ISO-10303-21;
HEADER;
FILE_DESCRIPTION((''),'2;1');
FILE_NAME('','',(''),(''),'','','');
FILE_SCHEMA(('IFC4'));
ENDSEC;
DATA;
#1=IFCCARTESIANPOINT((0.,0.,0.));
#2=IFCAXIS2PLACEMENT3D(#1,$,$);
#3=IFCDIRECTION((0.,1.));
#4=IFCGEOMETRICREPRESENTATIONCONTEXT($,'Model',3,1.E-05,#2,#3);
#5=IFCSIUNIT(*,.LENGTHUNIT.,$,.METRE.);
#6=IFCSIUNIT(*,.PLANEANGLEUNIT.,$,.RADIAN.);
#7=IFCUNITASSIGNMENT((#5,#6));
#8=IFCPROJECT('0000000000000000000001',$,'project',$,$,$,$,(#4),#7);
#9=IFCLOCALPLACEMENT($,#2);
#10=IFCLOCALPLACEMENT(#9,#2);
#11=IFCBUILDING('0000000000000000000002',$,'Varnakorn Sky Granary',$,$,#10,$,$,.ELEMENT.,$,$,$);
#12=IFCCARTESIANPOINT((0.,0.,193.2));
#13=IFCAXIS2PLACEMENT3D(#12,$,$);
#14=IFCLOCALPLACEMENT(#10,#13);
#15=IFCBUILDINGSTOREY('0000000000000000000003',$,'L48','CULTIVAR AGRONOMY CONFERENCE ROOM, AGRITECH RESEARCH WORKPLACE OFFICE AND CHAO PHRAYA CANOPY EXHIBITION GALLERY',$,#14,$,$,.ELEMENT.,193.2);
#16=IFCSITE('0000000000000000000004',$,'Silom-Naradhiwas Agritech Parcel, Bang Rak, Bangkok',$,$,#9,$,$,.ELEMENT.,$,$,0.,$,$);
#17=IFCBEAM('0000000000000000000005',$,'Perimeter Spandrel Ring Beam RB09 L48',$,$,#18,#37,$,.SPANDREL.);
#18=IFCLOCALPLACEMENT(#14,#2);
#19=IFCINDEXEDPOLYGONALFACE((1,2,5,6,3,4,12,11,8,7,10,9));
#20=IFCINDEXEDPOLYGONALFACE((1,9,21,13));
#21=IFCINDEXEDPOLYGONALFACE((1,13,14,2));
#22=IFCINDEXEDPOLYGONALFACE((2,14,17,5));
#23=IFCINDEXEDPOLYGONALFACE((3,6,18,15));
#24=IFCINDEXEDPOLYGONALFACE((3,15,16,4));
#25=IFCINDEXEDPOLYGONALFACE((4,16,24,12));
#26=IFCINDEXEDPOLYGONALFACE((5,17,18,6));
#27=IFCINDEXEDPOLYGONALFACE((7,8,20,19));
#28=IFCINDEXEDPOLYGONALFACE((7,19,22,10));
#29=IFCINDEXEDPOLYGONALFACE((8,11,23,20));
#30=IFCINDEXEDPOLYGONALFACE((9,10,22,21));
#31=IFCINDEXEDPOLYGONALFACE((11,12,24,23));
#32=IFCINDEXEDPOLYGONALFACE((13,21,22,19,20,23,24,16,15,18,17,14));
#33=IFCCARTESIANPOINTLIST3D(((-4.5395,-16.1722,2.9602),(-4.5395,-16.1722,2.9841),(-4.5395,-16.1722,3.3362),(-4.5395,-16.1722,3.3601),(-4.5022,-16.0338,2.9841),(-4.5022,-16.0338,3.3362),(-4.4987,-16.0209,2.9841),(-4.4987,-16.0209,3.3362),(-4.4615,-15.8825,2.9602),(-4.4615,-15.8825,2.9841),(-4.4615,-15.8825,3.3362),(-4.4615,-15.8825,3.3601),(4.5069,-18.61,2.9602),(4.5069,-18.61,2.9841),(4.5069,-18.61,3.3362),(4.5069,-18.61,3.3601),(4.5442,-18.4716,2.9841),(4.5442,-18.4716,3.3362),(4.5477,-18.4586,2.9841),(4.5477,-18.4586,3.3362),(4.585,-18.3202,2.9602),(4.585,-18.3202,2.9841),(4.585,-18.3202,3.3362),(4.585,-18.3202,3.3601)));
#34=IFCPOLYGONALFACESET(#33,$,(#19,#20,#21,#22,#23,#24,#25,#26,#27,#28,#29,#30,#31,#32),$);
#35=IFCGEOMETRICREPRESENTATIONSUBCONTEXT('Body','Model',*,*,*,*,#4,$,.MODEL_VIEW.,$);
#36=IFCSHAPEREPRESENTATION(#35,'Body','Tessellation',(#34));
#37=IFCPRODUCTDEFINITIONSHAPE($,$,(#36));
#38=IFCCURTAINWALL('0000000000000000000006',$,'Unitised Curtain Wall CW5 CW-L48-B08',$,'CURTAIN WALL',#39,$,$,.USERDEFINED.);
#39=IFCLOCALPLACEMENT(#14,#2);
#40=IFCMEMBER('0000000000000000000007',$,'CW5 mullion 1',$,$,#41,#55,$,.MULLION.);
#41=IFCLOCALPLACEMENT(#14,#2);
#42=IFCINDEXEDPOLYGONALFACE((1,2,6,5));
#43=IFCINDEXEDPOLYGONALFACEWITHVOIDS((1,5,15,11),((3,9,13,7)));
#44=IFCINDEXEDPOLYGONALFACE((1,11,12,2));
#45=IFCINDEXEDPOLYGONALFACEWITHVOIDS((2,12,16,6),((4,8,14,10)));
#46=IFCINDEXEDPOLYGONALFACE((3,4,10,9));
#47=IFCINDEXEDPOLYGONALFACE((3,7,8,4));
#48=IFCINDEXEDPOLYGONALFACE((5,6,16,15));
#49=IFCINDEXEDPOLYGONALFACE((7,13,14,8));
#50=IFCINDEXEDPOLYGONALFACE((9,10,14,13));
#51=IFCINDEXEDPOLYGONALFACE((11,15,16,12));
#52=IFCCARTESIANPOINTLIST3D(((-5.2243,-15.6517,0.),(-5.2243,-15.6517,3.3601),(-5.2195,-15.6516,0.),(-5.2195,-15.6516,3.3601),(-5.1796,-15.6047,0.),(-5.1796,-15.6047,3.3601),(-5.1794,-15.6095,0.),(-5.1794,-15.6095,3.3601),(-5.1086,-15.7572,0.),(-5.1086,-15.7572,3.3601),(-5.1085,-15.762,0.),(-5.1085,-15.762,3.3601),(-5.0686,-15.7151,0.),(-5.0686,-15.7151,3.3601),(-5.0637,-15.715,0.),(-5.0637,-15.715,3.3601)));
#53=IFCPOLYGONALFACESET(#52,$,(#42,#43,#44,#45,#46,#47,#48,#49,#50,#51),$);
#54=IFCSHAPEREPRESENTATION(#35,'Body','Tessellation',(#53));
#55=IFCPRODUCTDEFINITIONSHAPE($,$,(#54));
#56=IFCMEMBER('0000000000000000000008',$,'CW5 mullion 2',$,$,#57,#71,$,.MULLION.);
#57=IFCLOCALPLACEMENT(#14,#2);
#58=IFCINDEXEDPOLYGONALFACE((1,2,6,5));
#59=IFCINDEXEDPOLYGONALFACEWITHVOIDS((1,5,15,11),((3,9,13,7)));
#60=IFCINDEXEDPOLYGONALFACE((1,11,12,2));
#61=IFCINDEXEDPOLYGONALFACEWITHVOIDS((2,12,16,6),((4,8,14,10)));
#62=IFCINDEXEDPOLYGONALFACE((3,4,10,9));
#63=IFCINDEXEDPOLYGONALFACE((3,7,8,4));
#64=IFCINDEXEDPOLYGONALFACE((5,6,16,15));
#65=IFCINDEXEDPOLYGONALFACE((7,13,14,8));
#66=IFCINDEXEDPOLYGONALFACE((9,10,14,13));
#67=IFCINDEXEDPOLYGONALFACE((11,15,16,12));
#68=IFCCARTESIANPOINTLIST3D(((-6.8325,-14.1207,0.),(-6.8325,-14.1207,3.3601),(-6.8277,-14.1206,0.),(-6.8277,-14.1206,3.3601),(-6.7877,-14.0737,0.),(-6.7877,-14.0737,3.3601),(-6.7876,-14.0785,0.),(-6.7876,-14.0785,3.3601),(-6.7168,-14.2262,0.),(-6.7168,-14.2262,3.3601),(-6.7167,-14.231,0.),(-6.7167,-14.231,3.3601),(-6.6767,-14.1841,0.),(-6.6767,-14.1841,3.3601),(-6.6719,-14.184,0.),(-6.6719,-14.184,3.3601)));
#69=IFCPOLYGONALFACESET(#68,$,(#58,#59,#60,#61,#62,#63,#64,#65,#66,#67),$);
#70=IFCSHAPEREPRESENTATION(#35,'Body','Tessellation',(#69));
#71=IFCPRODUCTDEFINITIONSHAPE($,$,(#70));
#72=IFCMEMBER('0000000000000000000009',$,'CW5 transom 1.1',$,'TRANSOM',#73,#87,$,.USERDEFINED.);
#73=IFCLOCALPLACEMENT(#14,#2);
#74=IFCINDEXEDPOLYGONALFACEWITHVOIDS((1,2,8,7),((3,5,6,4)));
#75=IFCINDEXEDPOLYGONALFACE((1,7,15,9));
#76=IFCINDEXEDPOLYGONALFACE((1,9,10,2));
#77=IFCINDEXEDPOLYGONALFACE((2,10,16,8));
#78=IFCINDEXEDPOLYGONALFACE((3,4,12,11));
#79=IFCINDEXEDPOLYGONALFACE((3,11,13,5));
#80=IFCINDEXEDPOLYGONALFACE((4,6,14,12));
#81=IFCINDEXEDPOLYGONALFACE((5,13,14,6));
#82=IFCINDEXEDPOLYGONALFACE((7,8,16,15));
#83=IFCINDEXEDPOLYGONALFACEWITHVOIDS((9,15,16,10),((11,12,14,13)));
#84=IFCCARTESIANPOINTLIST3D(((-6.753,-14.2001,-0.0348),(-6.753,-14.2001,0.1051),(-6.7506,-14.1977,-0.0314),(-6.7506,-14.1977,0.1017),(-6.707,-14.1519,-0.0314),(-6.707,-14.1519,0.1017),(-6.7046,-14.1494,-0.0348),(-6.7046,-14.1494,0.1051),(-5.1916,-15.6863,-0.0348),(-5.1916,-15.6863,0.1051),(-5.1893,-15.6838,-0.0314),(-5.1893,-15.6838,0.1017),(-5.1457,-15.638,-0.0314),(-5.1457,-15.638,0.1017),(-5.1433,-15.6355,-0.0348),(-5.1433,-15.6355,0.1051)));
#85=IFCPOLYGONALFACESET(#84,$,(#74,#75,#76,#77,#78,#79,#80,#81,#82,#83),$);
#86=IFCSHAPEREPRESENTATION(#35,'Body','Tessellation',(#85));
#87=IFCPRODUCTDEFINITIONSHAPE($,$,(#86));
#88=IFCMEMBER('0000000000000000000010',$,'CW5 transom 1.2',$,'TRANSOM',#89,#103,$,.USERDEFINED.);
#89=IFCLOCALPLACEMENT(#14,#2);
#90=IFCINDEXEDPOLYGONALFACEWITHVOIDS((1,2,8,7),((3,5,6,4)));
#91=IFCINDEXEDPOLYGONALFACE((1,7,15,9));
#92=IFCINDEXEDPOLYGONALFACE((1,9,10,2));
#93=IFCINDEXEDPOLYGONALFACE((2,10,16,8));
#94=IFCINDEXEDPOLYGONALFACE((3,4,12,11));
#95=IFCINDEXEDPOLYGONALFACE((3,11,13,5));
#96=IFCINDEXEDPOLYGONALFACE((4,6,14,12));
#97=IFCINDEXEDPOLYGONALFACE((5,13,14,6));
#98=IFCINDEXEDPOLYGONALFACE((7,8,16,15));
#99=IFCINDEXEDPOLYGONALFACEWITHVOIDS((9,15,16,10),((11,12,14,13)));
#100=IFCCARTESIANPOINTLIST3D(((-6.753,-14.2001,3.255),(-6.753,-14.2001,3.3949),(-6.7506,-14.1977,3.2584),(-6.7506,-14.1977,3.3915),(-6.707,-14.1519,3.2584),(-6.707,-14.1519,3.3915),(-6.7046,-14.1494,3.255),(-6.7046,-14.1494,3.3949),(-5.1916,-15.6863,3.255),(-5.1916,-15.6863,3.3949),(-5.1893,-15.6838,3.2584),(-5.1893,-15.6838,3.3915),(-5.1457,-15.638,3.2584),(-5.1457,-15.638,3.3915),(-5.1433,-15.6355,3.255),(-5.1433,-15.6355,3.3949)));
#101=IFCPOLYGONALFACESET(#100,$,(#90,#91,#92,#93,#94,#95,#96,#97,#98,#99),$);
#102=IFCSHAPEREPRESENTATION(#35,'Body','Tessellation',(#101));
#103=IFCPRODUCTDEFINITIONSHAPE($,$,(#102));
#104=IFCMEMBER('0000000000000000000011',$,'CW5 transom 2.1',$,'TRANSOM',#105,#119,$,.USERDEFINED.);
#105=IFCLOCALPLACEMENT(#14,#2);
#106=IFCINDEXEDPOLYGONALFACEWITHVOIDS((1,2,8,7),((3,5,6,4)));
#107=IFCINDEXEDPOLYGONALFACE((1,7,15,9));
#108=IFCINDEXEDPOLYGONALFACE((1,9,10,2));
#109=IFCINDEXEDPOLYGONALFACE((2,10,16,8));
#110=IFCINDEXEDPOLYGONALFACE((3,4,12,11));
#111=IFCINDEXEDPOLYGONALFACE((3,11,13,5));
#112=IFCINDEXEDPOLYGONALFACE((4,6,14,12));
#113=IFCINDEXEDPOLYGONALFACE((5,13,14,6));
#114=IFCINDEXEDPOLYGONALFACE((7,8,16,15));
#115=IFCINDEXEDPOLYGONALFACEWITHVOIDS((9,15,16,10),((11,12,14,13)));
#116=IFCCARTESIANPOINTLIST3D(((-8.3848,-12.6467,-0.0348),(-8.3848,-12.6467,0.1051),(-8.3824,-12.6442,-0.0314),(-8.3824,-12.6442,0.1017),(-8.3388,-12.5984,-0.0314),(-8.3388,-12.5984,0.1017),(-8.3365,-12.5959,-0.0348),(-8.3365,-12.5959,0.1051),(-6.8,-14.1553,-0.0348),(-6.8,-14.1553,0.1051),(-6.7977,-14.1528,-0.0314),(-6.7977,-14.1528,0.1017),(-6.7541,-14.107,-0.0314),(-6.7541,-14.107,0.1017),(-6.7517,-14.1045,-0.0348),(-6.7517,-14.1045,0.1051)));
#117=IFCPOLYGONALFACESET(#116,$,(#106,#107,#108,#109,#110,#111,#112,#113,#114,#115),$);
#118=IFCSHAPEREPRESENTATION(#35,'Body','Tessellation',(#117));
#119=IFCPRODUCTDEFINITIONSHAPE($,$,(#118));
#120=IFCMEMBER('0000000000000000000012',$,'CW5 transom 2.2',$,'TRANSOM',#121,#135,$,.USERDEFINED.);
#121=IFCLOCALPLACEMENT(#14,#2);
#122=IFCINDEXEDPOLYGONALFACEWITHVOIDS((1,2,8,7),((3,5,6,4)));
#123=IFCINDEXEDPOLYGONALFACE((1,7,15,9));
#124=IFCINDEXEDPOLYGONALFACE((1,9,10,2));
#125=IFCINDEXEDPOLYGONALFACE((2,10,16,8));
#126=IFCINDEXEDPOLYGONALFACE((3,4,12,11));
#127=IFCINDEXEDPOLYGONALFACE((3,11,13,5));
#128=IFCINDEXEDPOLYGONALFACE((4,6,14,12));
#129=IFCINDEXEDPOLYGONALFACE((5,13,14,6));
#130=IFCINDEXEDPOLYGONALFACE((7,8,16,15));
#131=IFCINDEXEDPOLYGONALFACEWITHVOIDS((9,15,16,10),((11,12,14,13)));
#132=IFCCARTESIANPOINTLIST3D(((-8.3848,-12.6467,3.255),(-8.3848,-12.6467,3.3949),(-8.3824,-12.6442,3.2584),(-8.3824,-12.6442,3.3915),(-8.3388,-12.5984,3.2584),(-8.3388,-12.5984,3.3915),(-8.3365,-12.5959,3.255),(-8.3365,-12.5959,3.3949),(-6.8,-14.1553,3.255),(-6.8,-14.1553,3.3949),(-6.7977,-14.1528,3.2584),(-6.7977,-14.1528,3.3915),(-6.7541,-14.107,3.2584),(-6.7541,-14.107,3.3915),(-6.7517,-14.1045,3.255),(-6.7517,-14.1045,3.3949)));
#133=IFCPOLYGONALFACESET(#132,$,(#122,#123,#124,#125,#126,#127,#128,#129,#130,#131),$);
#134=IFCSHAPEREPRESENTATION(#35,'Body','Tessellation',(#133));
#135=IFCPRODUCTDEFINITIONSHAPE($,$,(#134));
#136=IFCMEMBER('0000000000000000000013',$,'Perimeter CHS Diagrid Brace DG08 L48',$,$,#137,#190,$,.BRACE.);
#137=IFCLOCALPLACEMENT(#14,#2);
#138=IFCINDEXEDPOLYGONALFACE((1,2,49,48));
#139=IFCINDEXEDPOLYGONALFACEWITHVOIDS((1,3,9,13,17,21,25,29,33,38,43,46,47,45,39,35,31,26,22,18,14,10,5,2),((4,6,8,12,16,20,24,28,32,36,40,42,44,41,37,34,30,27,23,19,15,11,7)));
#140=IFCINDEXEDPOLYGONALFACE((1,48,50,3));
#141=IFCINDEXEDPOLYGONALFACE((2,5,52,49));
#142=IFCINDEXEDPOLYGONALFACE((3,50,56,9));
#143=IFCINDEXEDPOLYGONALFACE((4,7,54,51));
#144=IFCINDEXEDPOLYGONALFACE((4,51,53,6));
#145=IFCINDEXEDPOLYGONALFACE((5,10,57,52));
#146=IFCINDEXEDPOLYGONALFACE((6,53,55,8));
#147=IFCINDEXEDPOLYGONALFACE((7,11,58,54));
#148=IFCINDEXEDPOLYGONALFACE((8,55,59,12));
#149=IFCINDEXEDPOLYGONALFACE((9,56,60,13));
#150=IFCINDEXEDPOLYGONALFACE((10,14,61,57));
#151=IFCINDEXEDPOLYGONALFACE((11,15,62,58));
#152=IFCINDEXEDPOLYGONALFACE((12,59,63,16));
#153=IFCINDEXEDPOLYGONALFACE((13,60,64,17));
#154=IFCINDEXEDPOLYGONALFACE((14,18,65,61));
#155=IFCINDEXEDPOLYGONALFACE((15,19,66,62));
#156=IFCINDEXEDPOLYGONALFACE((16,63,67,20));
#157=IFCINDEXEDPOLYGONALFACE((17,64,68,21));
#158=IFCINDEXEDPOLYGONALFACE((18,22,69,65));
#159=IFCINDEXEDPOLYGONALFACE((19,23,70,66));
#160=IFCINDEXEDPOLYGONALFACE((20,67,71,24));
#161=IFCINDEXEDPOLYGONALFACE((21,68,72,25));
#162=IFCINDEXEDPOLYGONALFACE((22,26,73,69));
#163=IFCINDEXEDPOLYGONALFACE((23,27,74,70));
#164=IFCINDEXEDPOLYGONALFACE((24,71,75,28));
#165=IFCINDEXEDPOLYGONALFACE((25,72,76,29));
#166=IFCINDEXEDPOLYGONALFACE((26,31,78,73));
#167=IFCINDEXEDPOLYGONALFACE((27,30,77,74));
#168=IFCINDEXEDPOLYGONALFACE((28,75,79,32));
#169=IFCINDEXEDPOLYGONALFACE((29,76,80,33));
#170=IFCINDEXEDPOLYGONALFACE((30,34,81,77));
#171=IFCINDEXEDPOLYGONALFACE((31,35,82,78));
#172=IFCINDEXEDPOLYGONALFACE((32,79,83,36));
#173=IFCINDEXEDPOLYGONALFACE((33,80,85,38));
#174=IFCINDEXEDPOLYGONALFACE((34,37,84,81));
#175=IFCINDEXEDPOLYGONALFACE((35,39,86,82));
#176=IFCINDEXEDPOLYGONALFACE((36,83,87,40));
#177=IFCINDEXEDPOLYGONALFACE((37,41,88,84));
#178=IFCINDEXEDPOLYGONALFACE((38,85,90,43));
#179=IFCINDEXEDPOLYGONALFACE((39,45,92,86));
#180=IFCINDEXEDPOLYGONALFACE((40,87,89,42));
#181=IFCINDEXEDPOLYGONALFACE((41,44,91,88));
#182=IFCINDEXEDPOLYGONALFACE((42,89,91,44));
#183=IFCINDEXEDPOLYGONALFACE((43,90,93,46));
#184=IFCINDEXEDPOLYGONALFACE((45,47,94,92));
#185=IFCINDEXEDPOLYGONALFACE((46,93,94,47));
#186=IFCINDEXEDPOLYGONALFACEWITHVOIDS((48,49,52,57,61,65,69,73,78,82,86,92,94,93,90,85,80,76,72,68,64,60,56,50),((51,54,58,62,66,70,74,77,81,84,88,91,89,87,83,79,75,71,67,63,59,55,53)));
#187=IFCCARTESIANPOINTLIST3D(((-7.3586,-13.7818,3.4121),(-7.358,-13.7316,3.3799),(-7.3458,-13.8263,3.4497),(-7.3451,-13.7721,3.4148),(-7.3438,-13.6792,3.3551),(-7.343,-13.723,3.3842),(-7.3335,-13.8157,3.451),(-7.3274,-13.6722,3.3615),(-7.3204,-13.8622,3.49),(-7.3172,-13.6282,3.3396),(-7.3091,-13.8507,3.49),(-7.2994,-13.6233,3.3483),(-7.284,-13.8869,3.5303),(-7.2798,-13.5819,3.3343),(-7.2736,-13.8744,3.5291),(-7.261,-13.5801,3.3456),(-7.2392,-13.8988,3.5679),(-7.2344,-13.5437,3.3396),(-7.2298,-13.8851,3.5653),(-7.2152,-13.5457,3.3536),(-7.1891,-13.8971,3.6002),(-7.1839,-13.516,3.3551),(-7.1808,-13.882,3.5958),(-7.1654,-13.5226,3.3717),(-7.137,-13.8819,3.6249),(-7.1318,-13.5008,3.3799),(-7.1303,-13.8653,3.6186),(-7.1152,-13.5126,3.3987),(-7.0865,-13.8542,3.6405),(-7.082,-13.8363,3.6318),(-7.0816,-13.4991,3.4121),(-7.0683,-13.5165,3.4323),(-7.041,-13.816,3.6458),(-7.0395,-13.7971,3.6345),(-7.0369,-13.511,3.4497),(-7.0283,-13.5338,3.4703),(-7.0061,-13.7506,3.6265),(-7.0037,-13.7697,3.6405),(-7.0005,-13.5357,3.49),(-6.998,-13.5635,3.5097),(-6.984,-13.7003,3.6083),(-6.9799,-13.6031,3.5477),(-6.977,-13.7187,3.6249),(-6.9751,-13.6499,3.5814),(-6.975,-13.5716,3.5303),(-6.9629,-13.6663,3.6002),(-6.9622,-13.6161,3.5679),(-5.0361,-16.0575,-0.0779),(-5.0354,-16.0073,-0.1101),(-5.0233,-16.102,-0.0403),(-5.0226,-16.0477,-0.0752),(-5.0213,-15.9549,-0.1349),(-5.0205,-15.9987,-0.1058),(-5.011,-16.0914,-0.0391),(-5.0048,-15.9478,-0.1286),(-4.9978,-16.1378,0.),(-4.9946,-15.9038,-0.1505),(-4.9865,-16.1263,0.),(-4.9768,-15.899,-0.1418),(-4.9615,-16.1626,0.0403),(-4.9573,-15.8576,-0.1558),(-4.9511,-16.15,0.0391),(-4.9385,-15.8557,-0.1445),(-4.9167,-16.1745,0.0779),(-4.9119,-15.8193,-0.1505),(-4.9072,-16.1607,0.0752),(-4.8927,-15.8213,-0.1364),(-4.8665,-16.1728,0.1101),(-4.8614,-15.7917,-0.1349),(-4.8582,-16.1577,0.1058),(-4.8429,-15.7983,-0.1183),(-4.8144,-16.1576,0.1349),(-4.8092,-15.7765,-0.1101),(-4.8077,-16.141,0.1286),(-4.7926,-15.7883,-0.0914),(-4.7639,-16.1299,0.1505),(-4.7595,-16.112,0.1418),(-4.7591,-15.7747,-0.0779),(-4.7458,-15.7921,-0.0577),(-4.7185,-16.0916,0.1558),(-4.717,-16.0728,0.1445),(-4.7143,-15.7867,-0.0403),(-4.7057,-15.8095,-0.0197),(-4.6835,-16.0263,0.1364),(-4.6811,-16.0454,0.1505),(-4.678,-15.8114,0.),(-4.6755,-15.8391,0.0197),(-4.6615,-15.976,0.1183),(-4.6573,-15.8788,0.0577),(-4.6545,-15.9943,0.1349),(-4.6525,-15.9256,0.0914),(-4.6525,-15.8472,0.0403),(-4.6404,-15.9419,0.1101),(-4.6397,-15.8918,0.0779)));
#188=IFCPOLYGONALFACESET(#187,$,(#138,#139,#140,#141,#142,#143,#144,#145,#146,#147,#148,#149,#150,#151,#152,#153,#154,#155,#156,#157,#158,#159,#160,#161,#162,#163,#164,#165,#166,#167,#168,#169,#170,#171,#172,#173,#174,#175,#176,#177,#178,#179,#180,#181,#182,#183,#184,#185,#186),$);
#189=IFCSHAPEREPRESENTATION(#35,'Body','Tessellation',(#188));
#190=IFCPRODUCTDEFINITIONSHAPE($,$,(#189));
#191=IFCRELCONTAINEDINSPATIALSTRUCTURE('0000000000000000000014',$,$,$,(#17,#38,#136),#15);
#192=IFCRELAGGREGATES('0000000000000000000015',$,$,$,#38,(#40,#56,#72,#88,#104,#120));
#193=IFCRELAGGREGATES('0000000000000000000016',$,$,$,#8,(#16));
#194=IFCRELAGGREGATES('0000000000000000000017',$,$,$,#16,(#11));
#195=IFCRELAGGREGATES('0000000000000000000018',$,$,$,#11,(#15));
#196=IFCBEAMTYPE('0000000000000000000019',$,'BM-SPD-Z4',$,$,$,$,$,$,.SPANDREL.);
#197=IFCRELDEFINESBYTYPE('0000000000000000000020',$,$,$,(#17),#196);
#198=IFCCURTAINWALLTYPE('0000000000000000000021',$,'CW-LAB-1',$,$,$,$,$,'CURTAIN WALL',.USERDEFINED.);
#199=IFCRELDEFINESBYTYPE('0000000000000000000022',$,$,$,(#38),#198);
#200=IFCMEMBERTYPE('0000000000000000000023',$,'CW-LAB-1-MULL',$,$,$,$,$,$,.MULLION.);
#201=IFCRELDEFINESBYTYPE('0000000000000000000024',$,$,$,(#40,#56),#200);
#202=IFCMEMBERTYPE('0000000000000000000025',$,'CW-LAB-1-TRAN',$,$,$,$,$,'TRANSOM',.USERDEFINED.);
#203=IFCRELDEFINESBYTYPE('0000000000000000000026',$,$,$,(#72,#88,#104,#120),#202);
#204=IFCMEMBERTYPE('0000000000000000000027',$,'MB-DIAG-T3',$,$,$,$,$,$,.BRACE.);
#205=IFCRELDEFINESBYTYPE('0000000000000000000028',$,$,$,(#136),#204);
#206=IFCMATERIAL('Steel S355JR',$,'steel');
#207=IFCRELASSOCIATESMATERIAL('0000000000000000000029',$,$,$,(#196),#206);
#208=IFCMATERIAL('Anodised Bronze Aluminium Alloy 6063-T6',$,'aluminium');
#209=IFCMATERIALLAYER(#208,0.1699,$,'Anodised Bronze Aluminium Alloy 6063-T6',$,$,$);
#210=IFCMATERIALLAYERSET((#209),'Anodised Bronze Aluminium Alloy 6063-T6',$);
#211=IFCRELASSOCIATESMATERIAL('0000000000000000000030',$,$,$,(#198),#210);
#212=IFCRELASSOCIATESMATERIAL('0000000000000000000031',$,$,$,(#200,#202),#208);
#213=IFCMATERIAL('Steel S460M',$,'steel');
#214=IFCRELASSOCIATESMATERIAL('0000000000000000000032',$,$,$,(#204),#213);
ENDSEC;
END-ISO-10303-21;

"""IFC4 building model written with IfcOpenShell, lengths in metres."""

from ifc_helpers import new_model, si_unit, direction, frame, origin, origin_2d, place, context, subcontext, project, spatial, hollow_rectangle, hollow_circle, i_section, extrude, material, layer, layer_set, material_profile, profile_set, type_object, element, aggregate, save


model = new_model("IFC4")

# Units and contexts
model_context = context("Model", 3, precision=1e-05, world=origin(), true_north=direction((0.0, 1.0)))
body_context = subcontext(model_context, "Body", "Model", "MODEL_VIEW")
ifc_project = project(units=[si_unit("LENGTHUNIT", "METRE"), si_unit("PLANEANGLEUNIT", "RADIAN")], contexts=[model_context])

# Site, building, storey
site_placement = place(None, origin())
site = spatial("IfcSite", under=ifc_project, at=site_placement, Name="Silom-Naradhiwas Agritech Parcel, Bang Rak, Bangkok", CompositionType="ELEMENT", RefElevation=0.0)
building_placement = place(site_placement, origin())
building = spatial("IfcBuilding", under=site, at=building_placement, Name="Varnakorn Sky Granary", CompositionType="ELEMENT")
storey_placement = place(building_placement, frame((0.0, 0.0, 193.2)))
storey = spatial("IfcBuildingStorey", under=building, at=storey_placement, Name="L48", Description="CULTIVAR AGRONOMY CONFERENCE ROOM, AGRITECH RESEARCH WORKPLACE OFFICE AND CHAO PHRAYA CANOPY EXHIBITION GALLERY", CompositionType="ELEMENT", Elevation=193.2)

# Shared definitions
ifc_material_1 = material(Name="Steel S460M", Category="steel")

# Beam
ifc_material_2 = material(Name="Steel S355JR", Category="steel")
ifc_material_profile_1 = material_profile(ifc_material_2, i_section(OverallWidth=0.3, OverallDepth=0.3999, WebThickness=0.0134, FlangeThickness=0.0239, at=origin_2d()), Name="HE 400 B")
ifc_profile_set_1 = profile_set([ifc_material_profile_1], Name="Steel S355JR")
beam_type_1 = type_object("IfcBeamType", Name="BM-SPD-Z4", PredefinedType="SPANDREL", material=ifc_profile_set_1)
beam_1_placement = place(storey_placement, frame((-4.5005, -16.0273, 3.1602), z_axis=(0.965557, -0.26019, 0.0), x_axis=(0.26019, 0.965557, 0.0)))
element("IfcBeam", 1, at=beam_1_placement, inside=storey, type_object=beam_type_1, Name="Perimeter Spandrel Ring Beam RB09 L48", PredefinedType="SPANDREL", context=body_context, shape_type="SweptSolid", body=[
    extrude(i_section(OverallWidth=0.3, OverallDepth=0.3999, WebThickness=0.0134, FlangeThickness=0.0239, at=origin_2d()), origin(), (0.0, 0.0, 1.0), 9.3691),
])

# Curtain wall, members
ifc_material_3 = material(Name="Anodised Bronze Aluminium Alloy 6063-T6", Category="aluminium")
ifc_layer_1 = layer(ifc_material_3, 0.1699, Name="Anodised Bronze Aluminium Alloy 6063-T6")
ifc_layer_set_1 = layer_set([ifc_layer_1], Name="Anodised Bronze Aluminium Alloy 6063-T6")
curtain_wall_type = type_object("IfcCurtainWallType", Name="CW-LAB-1", ElementType="CURTAIN WALL", PredefinedType="USERDEFINED", material=ifc_layer_set_1)
curtain_wall_placement = place(storey_placement, origin())
curtain_wall = element("IfcCurtainWall", 2, at=curtain_wall_placement, inside=storey, type_object=curtain_wall_type, Name="Unitised Curtain Wall CW5 CW-L48-B08", ObjectType="CURTAIN WALL", PredefinedType="USERDEFINED")
ifc_material_profile_2 = material_profile(ifc_material_3, hollow_rectangle(XDim=0.0649, YDim=0.1599, WallThickness=0.0034, at=origin_2d()), Name="ALU MULL 65x160")
ifc_profile_set_2 = profile_set([ifc_material_profile_2], Name="Anodised Bronze Aluminium Alloy 6063-T6")
member_type_1 = type_object("IfcMemberType", Name="CW-LAB-1-MULL", PredefinedType="MULLION", material=ifc_profile_set_2)
member_1_placement = place(storey_placement, frame((-5.144, -15.6833, 0.0), z_axis=(0.0, 0.0, 1.0), x_axis=(-0.689516, -0.72427, 0.0)))
member_1 = element("IfcMember", 3, at=member_1_placement, type_object=member_type_1, Name="CW5 mullion 1", PredefinedType="MULLION", context=body_context, shape_type="SweptSolid", body=[
    extrude(hollow_rectangle(XDim=0.0649, YDim=0.1599, WallThickness=0.0034, at=origin_2d()), origin(), (0.0, 0.0, 1.0), 3.3601),
])
member_2_placement = place(storey_placement, frame((-6.7522, -14.1523, 0.0), z_axis=(0.0, 0.0, 1.0), x_axis=(-0.689516, -0.72427, 0.0)))
member_2 = element("IfcMember", 4, at=member_2_placement, type_object=member_type_1, Name="CW5 mullion 2", PredefinedType="MULLION", context=body_context, shape_type="SweptSolid", body=[
    extrude(hollow_rectangle(XDim=0.0649, YDim=0.1599, WallThickness=0.0034, at=origin_2d()), origin(), (0.0, 0.0, 1.0), 3.3601),
])
ifc_material_profile_3 = material_profile(ifc_material_3, hollow_rectangle(XDim=0.0701, YDim=0.1399, WallThickness=0.0034, at=origin_2d()), Name="ALU TRAN 70x140")
ifc_profile_set_3 = profile_set([ifc_material_profile_3], Name="Anodised Bronze Aluminium Alloy 6063-T6")
member_type_2 = type_object("IfcMemberType", Name="CW-LAB-1-TRAN", ElementType="TRANSOM", PredefinedType="USERDEFINED", material=ifc_profile_set_3)
member_3_placement = place(storey_placement, frame((-5.1675, -15.6609, 0.0352), z_axis=(-0.724335, 0.689449, 0.0), x_axis=(-0.689449, -0.724335, 0.0)))
member_3 = element("IfcMember", 5, at=member_3_placement, type_object=member_type_2, Name="CW5 transom 1.1", ObjectType="TRANSOM", PredefinedType="USERDEFINED", context=body_context, shape_type="SweptSolid", body=[
    extrude(hollow_rectangle(XDim=0.0701, YDim=0.1399, WallThickness=0.0034, at=origin_2d()), origin(), (0.0, 0.0, 1.0), 2.1555),
])
member_4_placement = place(storey_placement, frame((-5.1675, -15.6609, 3.325), z_axis=(-0.724335, 0.689449, 0.0), x_axis=(-0.689449, -0.724335, 0.0)))
member_4 = element("IfcMember", 6, at=member_4_placement, type_object=member_type_2, Name="CW5 transom 1.2", ObjectType="TRANSOM", PredefinedType="USERDEFINED", context=body_context, shape_type="SweptSolid", body=[
    extrude(hollow_rectangle(XDim=0.0701, YDim=0.1399, WallThickness=0.0034, at=origin_2d()), origin(), (0.0, 0.0, 1.0), 2.1555),
])
member_5_placement = place(storey_placement, frame((-6.7759, -14.1299, 0.0352), z_axis=(-0.7243, 0.689485, 0.0), x_axis=(-0.689485, -0.7243, 0.0)))
member_5 = element("IfcMember", 7, at=member_5_placement, type_object=member_type_2, Name="CW5 transom 2.1", ObjectType="TRANSOM", PredefinedType="USERDEFINED", context=body_context, shape_type="SweptSolid", body=[
    extrude(hollow_rectangle(XDim=0.0701, YDim=0.1399, WallThickness=0.0034, at=origin_2d()), origin(), (0.0, 0.0, 1.0), 2.188),
])
member_6_placement = place(storey_placement, frame((-6.7759, -14.1299, 3.325), z_axis=(-0.7243, 0.689485, 0.0), x_axis=(-0.689485, -0.7243, 0.0)))
member_6 = element("IfcMember", 8, at=member_6_placement, type_object=member_type_2, Name="CW5 transom 2.2", ObjectType="TRANSOM", PredefinedType="USERDEFINED", context=body_context, shape_type="SweptSolid", body=[
    extrude(hollow_rectangle(XDim=0.0701, YDim=0.1399, WallThickness=0.0034, at=origin_2d()), origin(), (0.0, 0.0, 1.0), 2.188),
])

# Member
ifc_material_profile_4 = material_profile(ifc_material_1, hollow_circle(Radius=0.2285, WallThickness=0.0161, at=origin_2d()), Name="CHS 457x16")
ifc_profile_set_4 = profile_set([ifc_material_profile_4], Name="Steel S460M")
member_type_3 = type_object("IfcMemberType", Name="MB-DIAG-T3", PredefinedType="BRACE", material=ifc_profile_set_4)
member_7_placement = place(storey_placement, frame((-4.8379, -15.9746, 0.0), z_axis=(-0.486903, 0.477075, 0.731659), x_axis=(-0.699862, -0.714278, 0.0)))
element("IfcMember", 9, at=member_7_placement, inside=storey, type_object=member_type_3, Name="Perimeter CHS Diagrid Brace DG08 L48", PredefinedType="BRACE", context=body_context, shape_type="SweptSolid", body=[
    extrude(hollow_circle(Radius=0.2285, WallThickness=0.0161, at=origin_2d()), origin(), (0.0, 0.0, 1.0), 4.77),
])

aggregate(curtain_wall, [member_1, member_2, member_3, member_4, member_5, member_6])

save(model, "model.ifc")
